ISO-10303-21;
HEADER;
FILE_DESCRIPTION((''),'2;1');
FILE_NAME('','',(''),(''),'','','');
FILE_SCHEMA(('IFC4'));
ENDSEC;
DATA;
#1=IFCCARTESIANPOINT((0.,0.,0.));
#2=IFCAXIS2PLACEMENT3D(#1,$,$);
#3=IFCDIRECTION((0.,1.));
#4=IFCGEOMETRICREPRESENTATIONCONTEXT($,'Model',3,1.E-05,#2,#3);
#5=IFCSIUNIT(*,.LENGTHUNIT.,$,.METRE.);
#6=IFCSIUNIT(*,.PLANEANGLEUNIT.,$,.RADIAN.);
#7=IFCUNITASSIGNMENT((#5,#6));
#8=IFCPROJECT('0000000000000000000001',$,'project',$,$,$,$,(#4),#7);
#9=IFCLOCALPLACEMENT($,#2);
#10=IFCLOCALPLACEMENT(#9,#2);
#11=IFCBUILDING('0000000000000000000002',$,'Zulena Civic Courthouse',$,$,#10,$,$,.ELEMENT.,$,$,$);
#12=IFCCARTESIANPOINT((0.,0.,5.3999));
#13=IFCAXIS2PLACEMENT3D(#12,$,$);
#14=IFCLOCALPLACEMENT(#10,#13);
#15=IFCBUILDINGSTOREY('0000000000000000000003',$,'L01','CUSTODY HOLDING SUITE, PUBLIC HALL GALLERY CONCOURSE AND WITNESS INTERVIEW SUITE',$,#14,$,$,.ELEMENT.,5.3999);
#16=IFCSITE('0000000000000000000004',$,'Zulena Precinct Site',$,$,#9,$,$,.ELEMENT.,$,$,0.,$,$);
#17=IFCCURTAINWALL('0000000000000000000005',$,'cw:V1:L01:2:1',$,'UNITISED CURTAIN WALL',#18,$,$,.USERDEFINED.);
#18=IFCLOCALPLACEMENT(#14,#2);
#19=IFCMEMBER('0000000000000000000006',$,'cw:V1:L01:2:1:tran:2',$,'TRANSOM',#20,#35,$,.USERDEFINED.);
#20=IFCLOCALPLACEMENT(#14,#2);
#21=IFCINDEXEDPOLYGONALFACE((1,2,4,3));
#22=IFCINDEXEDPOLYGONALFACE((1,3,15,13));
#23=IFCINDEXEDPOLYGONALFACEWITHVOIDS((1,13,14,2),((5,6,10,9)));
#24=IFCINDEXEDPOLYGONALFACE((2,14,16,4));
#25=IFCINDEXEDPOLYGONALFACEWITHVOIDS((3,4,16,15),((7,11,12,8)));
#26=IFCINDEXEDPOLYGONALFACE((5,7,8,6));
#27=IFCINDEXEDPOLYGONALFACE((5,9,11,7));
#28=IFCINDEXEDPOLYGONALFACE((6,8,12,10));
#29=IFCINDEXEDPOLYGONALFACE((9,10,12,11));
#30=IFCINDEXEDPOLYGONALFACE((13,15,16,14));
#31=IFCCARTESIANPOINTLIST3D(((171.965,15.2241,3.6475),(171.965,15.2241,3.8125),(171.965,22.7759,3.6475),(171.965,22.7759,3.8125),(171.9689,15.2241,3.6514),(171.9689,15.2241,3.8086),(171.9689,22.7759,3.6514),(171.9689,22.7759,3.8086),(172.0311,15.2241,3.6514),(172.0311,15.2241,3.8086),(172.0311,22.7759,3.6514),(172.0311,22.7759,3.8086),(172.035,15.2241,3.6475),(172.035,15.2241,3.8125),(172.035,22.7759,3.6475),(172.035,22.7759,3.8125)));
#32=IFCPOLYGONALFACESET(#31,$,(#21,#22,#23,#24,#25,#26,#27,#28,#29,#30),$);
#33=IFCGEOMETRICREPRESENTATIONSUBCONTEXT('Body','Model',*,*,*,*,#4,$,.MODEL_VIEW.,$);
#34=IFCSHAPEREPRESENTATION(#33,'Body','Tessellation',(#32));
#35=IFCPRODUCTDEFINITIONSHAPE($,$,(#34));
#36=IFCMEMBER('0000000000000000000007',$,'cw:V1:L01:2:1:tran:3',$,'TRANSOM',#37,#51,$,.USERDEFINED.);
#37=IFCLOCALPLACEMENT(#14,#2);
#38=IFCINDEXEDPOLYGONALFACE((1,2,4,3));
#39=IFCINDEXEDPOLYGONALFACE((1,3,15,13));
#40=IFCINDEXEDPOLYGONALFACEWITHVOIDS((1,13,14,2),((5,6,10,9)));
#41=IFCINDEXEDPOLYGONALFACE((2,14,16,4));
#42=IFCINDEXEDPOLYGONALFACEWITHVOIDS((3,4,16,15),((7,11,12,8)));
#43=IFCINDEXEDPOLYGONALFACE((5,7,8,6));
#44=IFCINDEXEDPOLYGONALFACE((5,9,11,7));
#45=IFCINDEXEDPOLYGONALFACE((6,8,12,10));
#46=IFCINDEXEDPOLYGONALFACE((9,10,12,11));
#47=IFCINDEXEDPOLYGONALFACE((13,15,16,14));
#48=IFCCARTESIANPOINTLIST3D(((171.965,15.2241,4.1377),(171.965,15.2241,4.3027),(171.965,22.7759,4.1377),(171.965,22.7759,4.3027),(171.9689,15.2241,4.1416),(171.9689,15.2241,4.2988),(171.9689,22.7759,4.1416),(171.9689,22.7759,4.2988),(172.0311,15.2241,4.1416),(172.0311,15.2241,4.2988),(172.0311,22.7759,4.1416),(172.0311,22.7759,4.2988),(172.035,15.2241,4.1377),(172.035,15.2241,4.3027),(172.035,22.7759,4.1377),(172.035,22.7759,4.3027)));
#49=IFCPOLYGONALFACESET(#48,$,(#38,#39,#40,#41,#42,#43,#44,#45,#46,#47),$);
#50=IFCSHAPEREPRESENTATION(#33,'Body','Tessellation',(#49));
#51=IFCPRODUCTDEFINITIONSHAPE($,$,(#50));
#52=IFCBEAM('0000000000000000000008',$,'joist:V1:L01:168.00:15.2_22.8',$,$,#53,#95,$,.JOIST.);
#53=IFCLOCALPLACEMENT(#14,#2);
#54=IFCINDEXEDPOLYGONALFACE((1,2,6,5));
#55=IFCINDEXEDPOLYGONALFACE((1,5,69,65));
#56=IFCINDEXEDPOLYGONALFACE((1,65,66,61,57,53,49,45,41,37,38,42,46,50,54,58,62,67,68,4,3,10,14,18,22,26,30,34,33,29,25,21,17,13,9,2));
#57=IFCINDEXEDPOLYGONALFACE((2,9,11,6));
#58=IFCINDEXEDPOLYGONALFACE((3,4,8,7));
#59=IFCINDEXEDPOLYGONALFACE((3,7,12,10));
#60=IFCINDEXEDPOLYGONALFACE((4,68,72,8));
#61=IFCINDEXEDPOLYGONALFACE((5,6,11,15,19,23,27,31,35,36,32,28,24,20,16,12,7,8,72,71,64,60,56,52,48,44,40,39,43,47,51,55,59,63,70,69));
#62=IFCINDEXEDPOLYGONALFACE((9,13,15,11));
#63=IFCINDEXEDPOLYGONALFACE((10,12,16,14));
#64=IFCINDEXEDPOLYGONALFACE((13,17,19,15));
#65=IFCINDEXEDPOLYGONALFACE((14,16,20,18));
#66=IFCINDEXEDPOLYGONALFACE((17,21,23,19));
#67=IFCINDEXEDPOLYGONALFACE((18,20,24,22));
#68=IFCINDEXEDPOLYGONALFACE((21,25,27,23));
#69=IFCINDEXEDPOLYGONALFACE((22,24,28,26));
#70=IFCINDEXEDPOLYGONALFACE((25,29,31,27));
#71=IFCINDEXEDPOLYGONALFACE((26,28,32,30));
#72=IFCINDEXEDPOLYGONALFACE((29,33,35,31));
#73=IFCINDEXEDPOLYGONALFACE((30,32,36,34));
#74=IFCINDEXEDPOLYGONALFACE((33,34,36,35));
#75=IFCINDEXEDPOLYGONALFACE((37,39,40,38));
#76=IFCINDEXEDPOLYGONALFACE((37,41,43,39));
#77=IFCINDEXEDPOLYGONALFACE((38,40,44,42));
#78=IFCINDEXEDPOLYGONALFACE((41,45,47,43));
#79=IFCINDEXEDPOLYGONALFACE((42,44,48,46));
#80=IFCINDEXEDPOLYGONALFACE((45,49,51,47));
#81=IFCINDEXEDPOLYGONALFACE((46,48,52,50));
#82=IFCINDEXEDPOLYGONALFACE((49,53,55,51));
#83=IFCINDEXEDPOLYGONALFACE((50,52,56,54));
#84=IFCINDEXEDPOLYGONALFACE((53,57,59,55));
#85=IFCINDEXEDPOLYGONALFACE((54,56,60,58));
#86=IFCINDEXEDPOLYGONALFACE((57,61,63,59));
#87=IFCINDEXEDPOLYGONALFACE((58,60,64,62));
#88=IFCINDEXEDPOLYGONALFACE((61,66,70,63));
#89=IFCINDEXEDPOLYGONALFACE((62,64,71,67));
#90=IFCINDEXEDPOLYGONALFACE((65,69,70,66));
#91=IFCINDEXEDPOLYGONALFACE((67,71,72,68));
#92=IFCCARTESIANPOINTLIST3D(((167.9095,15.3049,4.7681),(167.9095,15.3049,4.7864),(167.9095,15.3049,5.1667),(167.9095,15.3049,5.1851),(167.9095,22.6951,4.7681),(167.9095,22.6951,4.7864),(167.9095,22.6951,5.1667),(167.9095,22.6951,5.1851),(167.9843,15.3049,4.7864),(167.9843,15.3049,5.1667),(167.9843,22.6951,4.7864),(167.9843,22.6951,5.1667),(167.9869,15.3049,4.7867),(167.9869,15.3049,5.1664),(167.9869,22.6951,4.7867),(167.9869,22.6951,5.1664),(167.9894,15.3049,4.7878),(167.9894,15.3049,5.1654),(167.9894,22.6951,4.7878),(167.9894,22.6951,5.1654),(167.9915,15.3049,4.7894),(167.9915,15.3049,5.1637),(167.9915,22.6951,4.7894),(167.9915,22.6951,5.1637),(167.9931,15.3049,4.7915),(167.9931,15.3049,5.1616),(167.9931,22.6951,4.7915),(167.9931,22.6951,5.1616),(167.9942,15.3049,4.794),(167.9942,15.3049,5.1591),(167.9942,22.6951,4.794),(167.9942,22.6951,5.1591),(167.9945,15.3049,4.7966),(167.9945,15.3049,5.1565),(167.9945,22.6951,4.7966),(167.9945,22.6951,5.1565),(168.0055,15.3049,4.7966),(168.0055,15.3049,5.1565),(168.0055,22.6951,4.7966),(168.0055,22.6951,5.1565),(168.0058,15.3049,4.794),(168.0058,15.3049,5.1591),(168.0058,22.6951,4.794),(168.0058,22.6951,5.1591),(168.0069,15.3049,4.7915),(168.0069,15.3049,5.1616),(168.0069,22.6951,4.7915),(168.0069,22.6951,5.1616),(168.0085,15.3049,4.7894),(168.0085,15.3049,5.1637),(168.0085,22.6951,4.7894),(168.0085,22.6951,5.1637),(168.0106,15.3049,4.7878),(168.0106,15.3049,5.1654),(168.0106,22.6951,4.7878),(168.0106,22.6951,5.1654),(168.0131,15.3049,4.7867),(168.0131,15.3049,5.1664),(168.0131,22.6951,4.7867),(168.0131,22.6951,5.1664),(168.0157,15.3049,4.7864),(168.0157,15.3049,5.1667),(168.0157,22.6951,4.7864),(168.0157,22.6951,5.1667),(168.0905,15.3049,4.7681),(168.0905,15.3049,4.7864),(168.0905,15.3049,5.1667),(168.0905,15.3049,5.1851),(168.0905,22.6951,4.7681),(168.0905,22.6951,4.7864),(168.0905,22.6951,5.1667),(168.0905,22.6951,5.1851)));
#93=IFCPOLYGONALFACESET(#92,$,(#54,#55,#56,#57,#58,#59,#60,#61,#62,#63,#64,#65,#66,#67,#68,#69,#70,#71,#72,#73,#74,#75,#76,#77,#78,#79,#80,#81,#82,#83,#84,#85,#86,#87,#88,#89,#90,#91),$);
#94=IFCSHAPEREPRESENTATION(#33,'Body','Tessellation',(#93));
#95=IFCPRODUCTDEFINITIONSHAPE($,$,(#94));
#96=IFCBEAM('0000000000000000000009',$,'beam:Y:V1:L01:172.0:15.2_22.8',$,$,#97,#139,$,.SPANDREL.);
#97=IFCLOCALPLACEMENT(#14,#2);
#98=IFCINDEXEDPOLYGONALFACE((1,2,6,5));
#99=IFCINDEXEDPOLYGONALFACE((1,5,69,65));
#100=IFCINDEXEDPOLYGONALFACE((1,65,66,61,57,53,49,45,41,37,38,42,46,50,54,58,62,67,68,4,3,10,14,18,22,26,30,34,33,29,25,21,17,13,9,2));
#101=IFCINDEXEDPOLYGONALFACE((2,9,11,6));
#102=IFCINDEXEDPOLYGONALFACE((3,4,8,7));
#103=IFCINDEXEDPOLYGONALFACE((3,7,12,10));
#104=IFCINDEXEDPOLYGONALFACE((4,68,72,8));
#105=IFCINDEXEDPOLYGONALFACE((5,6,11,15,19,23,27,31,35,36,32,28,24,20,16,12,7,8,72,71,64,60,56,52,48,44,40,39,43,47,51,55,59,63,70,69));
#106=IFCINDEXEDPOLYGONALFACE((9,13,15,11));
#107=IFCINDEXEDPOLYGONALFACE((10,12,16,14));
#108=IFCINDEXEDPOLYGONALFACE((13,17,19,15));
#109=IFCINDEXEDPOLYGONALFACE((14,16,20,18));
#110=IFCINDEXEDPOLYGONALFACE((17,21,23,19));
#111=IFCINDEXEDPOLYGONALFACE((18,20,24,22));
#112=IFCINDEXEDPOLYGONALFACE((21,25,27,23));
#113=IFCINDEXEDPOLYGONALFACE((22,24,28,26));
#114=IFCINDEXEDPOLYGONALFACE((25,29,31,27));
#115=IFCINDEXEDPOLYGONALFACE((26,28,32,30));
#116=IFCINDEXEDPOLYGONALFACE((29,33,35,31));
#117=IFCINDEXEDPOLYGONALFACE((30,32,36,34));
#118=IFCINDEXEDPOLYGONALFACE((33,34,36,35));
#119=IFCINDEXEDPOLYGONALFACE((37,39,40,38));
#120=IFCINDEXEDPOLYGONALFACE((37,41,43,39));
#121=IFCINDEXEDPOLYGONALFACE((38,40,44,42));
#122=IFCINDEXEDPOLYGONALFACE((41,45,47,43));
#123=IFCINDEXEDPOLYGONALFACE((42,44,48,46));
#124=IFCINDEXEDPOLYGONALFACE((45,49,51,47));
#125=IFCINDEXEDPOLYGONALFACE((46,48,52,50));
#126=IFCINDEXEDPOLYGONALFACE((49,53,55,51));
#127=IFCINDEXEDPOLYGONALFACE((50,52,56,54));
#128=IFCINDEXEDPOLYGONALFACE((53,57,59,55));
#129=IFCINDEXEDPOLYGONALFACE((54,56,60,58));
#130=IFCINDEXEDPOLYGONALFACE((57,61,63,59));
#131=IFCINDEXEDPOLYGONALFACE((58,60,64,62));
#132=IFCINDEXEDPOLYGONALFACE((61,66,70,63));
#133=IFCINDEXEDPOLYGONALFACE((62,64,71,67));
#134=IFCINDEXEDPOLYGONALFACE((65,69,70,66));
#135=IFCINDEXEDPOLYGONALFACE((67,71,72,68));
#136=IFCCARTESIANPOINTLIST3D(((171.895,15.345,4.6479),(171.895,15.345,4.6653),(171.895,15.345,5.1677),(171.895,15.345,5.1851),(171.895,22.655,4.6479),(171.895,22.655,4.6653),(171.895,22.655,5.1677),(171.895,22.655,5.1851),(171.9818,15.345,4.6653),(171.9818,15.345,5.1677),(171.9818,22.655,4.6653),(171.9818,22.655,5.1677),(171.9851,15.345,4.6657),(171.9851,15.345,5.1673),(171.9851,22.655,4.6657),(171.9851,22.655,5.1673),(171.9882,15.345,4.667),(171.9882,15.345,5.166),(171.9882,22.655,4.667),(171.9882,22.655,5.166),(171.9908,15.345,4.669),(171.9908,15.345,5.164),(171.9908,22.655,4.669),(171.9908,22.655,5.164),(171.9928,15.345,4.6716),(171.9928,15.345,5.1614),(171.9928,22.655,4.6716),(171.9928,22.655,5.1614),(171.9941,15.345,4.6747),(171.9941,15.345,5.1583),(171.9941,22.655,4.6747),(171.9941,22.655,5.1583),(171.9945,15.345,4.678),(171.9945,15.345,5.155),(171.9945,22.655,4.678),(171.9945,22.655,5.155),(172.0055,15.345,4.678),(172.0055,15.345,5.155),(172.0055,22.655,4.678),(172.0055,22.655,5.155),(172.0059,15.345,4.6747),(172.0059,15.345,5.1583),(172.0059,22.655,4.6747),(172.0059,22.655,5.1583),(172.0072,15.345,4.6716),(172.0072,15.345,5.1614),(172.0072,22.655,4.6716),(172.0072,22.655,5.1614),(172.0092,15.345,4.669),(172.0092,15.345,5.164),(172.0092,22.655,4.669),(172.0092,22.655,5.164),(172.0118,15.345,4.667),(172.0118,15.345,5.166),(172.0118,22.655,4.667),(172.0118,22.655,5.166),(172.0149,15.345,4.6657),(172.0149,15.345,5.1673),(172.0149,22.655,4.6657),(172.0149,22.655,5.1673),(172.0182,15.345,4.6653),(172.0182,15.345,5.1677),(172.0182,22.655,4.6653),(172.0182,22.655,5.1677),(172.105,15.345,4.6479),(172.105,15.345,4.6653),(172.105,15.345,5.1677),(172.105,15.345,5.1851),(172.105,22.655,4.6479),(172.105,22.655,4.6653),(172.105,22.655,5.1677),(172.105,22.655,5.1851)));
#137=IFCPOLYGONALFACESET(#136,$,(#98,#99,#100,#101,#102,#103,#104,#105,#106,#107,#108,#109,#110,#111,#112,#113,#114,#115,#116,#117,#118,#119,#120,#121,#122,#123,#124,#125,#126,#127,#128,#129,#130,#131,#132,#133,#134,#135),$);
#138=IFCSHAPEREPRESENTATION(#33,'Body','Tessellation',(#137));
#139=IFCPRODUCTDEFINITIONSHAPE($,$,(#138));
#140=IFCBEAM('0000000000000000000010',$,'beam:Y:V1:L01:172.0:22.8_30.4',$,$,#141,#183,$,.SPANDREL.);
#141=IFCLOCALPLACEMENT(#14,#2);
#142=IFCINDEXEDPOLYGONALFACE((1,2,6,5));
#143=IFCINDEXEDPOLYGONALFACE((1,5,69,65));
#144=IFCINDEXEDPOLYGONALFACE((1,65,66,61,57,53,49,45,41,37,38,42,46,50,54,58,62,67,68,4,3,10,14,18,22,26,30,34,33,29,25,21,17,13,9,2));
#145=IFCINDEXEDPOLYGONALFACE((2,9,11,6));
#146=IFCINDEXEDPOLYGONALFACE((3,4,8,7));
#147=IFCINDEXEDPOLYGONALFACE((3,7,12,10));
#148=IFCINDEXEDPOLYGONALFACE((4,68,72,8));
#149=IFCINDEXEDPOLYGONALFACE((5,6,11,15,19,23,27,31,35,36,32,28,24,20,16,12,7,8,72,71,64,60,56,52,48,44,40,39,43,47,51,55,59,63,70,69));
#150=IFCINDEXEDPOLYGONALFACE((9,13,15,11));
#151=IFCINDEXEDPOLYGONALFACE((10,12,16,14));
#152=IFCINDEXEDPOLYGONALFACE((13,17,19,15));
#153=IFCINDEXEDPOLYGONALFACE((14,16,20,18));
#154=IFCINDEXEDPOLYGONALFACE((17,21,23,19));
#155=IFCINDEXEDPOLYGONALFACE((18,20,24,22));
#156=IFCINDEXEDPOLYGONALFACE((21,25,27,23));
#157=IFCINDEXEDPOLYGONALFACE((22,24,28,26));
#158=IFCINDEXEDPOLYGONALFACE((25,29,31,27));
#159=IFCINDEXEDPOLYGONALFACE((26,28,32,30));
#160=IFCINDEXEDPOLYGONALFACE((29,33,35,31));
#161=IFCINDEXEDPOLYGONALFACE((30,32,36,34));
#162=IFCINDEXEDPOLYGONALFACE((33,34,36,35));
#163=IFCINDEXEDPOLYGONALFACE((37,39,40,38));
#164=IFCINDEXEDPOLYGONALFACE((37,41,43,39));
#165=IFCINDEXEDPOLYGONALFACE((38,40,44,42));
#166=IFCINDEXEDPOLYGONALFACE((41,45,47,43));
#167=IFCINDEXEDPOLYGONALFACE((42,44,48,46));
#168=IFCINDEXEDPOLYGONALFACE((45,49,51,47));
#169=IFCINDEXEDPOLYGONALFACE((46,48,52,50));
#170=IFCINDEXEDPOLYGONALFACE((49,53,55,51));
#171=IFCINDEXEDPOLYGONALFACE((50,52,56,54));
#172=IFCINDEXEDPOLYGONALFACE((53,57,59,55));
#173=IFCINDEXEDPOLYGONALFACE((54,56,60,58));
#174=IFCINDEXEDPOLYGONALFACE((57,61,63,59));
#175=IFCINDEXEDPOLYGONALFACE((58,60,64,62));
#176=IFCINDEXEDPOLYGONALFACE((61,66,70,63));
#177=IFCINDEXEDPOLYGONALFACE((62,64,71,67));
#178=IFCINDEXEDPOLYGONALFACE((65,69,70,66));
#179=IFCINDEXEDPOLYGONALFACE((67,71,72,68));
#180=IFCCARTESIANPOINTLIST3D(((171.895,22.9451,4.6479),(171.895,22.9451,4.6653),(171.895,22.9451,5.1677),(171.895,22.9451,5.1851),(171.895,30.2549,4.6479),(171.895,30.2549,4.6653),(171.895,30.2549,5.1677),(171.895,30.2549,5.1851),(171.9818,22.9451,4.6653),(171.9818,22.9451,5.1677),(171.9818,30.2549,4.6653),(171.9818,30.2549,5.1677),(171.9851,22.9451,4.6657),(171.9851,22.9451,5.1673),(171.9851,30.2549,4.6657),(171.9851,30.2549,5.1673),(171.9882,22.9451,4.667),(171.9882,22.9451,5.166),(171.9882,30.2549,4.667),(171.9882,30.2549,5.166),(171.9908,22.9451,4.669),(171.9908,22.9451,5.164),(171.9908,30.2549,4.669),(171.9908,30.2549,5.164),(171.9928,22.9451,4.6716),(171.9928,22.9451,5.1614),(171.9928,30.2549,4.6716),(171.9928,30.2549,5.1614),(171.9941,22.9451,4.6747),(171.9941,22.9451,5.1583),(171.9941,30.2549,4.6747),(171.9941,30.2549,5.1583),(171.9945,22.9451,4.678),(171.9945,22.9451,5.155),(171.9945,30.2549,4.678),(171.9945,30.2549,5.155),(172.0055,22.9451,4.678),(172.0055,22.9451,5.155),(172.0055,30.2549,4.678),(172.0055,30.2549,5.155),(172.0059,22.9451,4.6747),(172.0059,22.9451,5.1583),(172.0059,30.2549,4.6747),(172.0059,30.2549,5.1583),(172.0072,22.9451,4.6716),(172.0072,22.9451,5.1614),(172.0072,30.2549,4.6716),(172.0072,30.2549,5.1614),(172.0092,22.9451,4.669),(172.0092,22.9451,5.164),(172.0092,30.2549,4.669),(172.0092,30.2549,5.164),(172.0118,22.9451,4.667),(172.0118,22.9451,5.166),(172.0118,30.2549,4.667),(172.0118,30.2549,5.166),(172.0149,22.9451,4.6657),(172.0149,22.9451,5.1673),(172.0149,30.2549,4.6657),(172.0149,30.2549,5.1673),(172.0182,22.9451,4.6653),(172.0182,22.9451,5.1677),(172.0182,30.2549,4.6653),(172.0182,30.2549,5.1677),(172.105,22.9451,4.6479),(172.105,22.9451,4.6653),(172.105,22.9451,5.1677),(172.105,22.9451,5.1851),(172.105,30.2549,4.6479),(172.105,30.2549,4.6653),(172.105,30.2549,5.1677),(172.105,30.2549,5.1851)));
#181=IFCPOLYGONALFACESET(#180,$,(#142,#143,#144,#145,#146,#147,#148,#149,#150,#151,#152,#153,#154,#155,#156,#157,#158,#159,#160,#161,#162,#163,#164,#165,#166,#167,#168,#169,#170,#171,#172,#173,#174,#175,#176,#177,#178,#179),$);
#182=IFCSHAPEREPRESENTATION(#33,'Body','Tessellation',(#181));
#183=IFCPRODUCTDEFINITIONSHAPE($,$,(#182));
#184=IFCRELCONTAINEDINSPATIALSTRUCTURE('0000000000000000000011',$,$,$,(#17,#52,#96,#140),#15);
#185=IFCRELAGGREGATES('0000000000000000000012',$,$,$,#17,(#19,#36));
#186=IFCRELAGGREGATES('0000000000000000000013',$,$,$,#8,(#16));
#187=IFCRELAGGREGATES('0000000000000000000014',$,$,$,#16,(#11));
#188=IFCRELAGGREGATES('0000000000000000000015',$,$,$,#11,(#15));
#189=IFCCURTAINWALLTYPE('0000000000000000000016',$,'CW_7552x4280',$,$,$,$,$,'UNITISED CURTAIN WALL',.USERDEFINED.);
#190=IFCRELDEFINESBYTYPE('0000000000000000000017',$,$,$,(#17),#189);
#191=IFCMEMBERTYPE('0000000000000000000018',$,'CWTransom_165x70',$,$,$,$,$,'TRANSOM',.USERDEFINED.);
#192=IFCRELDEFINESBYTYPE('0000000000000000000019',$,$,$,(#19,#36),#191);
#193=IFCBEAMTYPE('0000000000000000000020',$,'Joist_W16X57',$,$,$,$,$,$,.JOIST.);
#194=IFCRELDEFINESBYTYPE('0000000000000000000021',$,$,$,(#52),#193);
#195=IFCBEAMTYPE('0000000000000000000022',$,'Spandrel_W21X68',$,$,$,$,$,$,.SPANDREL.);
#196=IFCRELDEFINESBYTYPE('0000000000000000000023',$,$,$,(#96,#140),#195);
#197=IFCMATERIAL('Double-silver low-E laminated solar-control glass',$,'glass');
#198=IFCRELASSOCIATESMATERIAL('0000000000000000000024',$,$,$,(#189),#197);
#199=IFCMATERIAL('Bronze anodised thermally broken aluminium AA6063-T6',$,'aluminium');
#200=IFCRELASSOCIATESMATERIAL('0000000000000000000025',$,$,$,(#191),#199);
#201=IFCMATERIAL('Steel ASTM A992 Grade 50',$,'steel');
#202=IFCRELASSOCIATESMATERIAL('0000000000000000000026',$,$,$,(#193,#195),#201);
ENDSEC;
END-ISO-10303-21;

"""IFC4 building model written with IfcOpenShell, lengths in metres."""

from ifc_helpers import new_model, si_unit, direction, frame, origin, origin_2d, place, context, subcontext, project, spatial, hollow_rectangle, i_section, extrude, material, material_profile, profile_set, type_object, element, aggregate, save


model = new_model("IFC4")

# Units and contexts
model_context = context("Model", 3, precision=1e-05, world=origin(), true_north=direction((0.0, 1.0)))
body_context = subcontext(model_context, "Body", "Model", "MODEL_VIEW")
ifc_project = project(units=[si_unit("LENGTHUNIT", "METRE"), si_unit("PLANEANGLEUNIT", "RADIAN")], contexts=[model_context])

# Site, building, storey
site_placement = place(None, origin())
site = spatial("IfcSite", under=ifc_project, at=site_placement, Name="Zulena Precinct Site", CompositionType="ELEMENT", RefElevation=0.0)
building_placement = place(site_placement, origin())
building = spatial("IfcBuilding", under=site, at=building_placement, Name="Zulena Civic Courthouse", CompositionType="ELEMENT")
storey_placement = place(building_placement, frame((0.0, 0.0, 5.3999)))
storey = spatial("IfcBuildingStorey", under=building, at=storey_placement, Name="L01", Description="CUSTODY HOLDING SUITE, PUBLIC HALL GALLERY CONCOURSE AND WITNESS INTERVIEW SUITE", CompositionType="ELEMENT", Elevation=5.3999)

# Shared definitions
ifc_material_1 = material(Name="Steel ASTM A992 Grade 50", Category="steel")

# Curtain wall, members
ifc_material_2 = material(Name="Double-silver low-E laminated solar-control glass", Category="glass")
curtain_wall_type = type_object("IfcCurtainWallType", Name="CW_7552x4280", ElementType="UNITISED CURTAIN WALL", PredefinedType="USERDEFINED", material=ifc_material_2)
curtain_wall_placement = place(storey_placement, origin())
curtain_wall = element("IfcCurtainWall", 1, at=curtain_wall_placement, inside=storey, type_object=curtain_wall_type, Name="cw:V1:L01:2:1", ObjectType="UNITISED CURTAIN WALL", PredefinedType="USERDEFINED")
ifc_material_3 = material(Name="Bronze anodised thermally broken aluminium AA6063-T6", Category="aluminium")
ifc_material_profile_1 = material_profile(ifc_material_3, hollow_rectangle(XDim=0.0701, YDim=0.165, WallThickness=0.0039, at=origin_2d()), Name="CWT165X70X4")
ifc_profile_set_1 = profile_set([ifc_material_profile_1], Name="Bronze anodised thermally broken aluminium AA6063-T6")
member_type_1 = type_object("IfcMemberType", Name="CWTransom_165x70", ElementType="TRANSOM", PredefinedType="USERDEFINED", material=ifc_profile_set_1)
member_1_placement = place(storey_placement, frame((172.0, 22.7759, 3.73), z_axis=(0.0, -1.0, 0.0), x_axis=(1.0, 0.0, 0.0)))
member_1 = element("IfcMember", 2, at=member_1_placement, type_object=member_type_1, Name="cw:V1:L01:2:1:tran:2", ObjectType="TRANSOM", PredefinedType="USERDEFINED", context=body_context, shape_type="SweptSolid", body=[
    extrude(hollow_rectangle(XDim=0.0701, YDim=0.165, WallThickness=0.0039, at=origin_2d()), origin(), (0.0, 0.0, 1.0), 7.5518),
])
member_2_placement = place(storey_placement, frame((172.0, 22.7759, 4.2202), z_axis=(0.0, -1.0, 0.0), x_axis=(1.0, 0.0, 0.0)))
member_2 = element("IfcMember", 3, at=member_2_placement, type_object=member_type_1, Name="cw:V1:L01:2:1:tran:3", ObjectType="TRANSOM", PredefinedType="USERDEFINED", context=body_context, shape_type="SweptSolid", body=[
    extrude(hollow_rectangle(XDim=0.0701, YDim=0.165, WallThickness=0.0039, at=origin_2d()), origin(), (0.0, 0.0, 1.0), 7.5518),
])

# Beams
ifc_material_profile_2 = material_profile(ifc_material_1, i_section(OverallWidth=0.1809, OverallDepth=0.417, WebThickness=0.011, FlangeThickness=0.0183, FilletRadius=0.0103, at=origin_2d()), Name="W16X57")
ifc_profile_set_2 = profile_set([ifc_material_profile_2], Name="Steel ASTM A992 Grade 50")
beam_type_1 = type_object("IfcBeamType", Name="Joist_W16X57", PredefinedType="JOIST", material=ifc_profile_set_2)
beam_1_placement = place(storey_placement, frame((168.0, 15.3049, 4.9766), z_axis=(0.0, 1.0, 0.0), x_axis=(-1.0, 0.0, 0.0)))
element("IfcBeam", 4, at=beam_1_placement, inside=storey, type_object=beam_type_1, Name="joist:V1:L01:168.00:15.2_22.8", PredefinedType="JOIST", context=body_context, shape_type="SweptSolid", body=[
    extrude(i_section(OverallWidth=0.1809, OverallDepth=0.417, WebThickness=0.011, FlangeThickness=0.0183, FilletRadius=0.0103, at=origin_2d()), origin(), (0.0, 0.0, 1.0), 7.3901),
])
ifc_material_profile_3 = material_profile(ifc_material_1, i_section(OverallWidth=0.21, OverallDepth=0.5371, WebThickness=0.011, FlangeThickness=0.0173, FilletRadius=0.0127, at=origin_2d()), Name="W21X68")
ifc_profile_set_3 = profile_set([ifc_material_profile_3], Name="Steel ASTM A992 Grade 50")
beam_type_2 = type_object("IfcBeamType", Name="Spandrel_W21X68", PredefinedType="SPANDREL", material=ifc_profile_set_3)
beam_2_placement = place(storey_placement, frame((172.0, 15.345, 4.9165), z_axis=(0.0, 1.0, 0.0), x_axis=(-1.0, 0.0, 0.0)))
element("IfcBeam", 5, at=beam_2_placement, inside=storey, type_object=beam_type_2, Name="beam:Y:V1:L01:172.0:15.2_22.8", PredefinedType="SPANDREL", context=body_context, shape_type="SweptSolid", body=[
    extrude(i_section(OverallWidth=0.21, OverallDepth=0.5371, WebThickness=0.011, FlangeThickness=0.0173, FilletRadius=0.0127, at=origin_2d()), origin(), (0.0, 0.0, 1.0), 7.3101),
])
beam_3_placement = place(storey_placement, frame((172.0, 22.9451, 4.9165), z_axis=(0.0, 1.0, 0.0), x_axis=(-1.0, 0.0, 0.0)))
element("IfcBeam", 6, at=beam_3_placement, inside=storey, type_object=beam_type_2, Name="beam:Y:V1:L01:172.0:22.8_30.4", PredefinedType="SPANDREL", context=body_context, shape_type="SweptSolid", body=[
    extrude(i_section(OverallWidth=0.21, OverallDepth=0.5371, WebThickness=0.011, FlangeThickness=0.0173, FilletRadius=0.0127, at=origin_2d()), origin(), (0.0, 0.0, 1.0), 7.3098),
])

aggregate(curtain_wall, [member_1, member_2])

save(model, "model.ifc")
